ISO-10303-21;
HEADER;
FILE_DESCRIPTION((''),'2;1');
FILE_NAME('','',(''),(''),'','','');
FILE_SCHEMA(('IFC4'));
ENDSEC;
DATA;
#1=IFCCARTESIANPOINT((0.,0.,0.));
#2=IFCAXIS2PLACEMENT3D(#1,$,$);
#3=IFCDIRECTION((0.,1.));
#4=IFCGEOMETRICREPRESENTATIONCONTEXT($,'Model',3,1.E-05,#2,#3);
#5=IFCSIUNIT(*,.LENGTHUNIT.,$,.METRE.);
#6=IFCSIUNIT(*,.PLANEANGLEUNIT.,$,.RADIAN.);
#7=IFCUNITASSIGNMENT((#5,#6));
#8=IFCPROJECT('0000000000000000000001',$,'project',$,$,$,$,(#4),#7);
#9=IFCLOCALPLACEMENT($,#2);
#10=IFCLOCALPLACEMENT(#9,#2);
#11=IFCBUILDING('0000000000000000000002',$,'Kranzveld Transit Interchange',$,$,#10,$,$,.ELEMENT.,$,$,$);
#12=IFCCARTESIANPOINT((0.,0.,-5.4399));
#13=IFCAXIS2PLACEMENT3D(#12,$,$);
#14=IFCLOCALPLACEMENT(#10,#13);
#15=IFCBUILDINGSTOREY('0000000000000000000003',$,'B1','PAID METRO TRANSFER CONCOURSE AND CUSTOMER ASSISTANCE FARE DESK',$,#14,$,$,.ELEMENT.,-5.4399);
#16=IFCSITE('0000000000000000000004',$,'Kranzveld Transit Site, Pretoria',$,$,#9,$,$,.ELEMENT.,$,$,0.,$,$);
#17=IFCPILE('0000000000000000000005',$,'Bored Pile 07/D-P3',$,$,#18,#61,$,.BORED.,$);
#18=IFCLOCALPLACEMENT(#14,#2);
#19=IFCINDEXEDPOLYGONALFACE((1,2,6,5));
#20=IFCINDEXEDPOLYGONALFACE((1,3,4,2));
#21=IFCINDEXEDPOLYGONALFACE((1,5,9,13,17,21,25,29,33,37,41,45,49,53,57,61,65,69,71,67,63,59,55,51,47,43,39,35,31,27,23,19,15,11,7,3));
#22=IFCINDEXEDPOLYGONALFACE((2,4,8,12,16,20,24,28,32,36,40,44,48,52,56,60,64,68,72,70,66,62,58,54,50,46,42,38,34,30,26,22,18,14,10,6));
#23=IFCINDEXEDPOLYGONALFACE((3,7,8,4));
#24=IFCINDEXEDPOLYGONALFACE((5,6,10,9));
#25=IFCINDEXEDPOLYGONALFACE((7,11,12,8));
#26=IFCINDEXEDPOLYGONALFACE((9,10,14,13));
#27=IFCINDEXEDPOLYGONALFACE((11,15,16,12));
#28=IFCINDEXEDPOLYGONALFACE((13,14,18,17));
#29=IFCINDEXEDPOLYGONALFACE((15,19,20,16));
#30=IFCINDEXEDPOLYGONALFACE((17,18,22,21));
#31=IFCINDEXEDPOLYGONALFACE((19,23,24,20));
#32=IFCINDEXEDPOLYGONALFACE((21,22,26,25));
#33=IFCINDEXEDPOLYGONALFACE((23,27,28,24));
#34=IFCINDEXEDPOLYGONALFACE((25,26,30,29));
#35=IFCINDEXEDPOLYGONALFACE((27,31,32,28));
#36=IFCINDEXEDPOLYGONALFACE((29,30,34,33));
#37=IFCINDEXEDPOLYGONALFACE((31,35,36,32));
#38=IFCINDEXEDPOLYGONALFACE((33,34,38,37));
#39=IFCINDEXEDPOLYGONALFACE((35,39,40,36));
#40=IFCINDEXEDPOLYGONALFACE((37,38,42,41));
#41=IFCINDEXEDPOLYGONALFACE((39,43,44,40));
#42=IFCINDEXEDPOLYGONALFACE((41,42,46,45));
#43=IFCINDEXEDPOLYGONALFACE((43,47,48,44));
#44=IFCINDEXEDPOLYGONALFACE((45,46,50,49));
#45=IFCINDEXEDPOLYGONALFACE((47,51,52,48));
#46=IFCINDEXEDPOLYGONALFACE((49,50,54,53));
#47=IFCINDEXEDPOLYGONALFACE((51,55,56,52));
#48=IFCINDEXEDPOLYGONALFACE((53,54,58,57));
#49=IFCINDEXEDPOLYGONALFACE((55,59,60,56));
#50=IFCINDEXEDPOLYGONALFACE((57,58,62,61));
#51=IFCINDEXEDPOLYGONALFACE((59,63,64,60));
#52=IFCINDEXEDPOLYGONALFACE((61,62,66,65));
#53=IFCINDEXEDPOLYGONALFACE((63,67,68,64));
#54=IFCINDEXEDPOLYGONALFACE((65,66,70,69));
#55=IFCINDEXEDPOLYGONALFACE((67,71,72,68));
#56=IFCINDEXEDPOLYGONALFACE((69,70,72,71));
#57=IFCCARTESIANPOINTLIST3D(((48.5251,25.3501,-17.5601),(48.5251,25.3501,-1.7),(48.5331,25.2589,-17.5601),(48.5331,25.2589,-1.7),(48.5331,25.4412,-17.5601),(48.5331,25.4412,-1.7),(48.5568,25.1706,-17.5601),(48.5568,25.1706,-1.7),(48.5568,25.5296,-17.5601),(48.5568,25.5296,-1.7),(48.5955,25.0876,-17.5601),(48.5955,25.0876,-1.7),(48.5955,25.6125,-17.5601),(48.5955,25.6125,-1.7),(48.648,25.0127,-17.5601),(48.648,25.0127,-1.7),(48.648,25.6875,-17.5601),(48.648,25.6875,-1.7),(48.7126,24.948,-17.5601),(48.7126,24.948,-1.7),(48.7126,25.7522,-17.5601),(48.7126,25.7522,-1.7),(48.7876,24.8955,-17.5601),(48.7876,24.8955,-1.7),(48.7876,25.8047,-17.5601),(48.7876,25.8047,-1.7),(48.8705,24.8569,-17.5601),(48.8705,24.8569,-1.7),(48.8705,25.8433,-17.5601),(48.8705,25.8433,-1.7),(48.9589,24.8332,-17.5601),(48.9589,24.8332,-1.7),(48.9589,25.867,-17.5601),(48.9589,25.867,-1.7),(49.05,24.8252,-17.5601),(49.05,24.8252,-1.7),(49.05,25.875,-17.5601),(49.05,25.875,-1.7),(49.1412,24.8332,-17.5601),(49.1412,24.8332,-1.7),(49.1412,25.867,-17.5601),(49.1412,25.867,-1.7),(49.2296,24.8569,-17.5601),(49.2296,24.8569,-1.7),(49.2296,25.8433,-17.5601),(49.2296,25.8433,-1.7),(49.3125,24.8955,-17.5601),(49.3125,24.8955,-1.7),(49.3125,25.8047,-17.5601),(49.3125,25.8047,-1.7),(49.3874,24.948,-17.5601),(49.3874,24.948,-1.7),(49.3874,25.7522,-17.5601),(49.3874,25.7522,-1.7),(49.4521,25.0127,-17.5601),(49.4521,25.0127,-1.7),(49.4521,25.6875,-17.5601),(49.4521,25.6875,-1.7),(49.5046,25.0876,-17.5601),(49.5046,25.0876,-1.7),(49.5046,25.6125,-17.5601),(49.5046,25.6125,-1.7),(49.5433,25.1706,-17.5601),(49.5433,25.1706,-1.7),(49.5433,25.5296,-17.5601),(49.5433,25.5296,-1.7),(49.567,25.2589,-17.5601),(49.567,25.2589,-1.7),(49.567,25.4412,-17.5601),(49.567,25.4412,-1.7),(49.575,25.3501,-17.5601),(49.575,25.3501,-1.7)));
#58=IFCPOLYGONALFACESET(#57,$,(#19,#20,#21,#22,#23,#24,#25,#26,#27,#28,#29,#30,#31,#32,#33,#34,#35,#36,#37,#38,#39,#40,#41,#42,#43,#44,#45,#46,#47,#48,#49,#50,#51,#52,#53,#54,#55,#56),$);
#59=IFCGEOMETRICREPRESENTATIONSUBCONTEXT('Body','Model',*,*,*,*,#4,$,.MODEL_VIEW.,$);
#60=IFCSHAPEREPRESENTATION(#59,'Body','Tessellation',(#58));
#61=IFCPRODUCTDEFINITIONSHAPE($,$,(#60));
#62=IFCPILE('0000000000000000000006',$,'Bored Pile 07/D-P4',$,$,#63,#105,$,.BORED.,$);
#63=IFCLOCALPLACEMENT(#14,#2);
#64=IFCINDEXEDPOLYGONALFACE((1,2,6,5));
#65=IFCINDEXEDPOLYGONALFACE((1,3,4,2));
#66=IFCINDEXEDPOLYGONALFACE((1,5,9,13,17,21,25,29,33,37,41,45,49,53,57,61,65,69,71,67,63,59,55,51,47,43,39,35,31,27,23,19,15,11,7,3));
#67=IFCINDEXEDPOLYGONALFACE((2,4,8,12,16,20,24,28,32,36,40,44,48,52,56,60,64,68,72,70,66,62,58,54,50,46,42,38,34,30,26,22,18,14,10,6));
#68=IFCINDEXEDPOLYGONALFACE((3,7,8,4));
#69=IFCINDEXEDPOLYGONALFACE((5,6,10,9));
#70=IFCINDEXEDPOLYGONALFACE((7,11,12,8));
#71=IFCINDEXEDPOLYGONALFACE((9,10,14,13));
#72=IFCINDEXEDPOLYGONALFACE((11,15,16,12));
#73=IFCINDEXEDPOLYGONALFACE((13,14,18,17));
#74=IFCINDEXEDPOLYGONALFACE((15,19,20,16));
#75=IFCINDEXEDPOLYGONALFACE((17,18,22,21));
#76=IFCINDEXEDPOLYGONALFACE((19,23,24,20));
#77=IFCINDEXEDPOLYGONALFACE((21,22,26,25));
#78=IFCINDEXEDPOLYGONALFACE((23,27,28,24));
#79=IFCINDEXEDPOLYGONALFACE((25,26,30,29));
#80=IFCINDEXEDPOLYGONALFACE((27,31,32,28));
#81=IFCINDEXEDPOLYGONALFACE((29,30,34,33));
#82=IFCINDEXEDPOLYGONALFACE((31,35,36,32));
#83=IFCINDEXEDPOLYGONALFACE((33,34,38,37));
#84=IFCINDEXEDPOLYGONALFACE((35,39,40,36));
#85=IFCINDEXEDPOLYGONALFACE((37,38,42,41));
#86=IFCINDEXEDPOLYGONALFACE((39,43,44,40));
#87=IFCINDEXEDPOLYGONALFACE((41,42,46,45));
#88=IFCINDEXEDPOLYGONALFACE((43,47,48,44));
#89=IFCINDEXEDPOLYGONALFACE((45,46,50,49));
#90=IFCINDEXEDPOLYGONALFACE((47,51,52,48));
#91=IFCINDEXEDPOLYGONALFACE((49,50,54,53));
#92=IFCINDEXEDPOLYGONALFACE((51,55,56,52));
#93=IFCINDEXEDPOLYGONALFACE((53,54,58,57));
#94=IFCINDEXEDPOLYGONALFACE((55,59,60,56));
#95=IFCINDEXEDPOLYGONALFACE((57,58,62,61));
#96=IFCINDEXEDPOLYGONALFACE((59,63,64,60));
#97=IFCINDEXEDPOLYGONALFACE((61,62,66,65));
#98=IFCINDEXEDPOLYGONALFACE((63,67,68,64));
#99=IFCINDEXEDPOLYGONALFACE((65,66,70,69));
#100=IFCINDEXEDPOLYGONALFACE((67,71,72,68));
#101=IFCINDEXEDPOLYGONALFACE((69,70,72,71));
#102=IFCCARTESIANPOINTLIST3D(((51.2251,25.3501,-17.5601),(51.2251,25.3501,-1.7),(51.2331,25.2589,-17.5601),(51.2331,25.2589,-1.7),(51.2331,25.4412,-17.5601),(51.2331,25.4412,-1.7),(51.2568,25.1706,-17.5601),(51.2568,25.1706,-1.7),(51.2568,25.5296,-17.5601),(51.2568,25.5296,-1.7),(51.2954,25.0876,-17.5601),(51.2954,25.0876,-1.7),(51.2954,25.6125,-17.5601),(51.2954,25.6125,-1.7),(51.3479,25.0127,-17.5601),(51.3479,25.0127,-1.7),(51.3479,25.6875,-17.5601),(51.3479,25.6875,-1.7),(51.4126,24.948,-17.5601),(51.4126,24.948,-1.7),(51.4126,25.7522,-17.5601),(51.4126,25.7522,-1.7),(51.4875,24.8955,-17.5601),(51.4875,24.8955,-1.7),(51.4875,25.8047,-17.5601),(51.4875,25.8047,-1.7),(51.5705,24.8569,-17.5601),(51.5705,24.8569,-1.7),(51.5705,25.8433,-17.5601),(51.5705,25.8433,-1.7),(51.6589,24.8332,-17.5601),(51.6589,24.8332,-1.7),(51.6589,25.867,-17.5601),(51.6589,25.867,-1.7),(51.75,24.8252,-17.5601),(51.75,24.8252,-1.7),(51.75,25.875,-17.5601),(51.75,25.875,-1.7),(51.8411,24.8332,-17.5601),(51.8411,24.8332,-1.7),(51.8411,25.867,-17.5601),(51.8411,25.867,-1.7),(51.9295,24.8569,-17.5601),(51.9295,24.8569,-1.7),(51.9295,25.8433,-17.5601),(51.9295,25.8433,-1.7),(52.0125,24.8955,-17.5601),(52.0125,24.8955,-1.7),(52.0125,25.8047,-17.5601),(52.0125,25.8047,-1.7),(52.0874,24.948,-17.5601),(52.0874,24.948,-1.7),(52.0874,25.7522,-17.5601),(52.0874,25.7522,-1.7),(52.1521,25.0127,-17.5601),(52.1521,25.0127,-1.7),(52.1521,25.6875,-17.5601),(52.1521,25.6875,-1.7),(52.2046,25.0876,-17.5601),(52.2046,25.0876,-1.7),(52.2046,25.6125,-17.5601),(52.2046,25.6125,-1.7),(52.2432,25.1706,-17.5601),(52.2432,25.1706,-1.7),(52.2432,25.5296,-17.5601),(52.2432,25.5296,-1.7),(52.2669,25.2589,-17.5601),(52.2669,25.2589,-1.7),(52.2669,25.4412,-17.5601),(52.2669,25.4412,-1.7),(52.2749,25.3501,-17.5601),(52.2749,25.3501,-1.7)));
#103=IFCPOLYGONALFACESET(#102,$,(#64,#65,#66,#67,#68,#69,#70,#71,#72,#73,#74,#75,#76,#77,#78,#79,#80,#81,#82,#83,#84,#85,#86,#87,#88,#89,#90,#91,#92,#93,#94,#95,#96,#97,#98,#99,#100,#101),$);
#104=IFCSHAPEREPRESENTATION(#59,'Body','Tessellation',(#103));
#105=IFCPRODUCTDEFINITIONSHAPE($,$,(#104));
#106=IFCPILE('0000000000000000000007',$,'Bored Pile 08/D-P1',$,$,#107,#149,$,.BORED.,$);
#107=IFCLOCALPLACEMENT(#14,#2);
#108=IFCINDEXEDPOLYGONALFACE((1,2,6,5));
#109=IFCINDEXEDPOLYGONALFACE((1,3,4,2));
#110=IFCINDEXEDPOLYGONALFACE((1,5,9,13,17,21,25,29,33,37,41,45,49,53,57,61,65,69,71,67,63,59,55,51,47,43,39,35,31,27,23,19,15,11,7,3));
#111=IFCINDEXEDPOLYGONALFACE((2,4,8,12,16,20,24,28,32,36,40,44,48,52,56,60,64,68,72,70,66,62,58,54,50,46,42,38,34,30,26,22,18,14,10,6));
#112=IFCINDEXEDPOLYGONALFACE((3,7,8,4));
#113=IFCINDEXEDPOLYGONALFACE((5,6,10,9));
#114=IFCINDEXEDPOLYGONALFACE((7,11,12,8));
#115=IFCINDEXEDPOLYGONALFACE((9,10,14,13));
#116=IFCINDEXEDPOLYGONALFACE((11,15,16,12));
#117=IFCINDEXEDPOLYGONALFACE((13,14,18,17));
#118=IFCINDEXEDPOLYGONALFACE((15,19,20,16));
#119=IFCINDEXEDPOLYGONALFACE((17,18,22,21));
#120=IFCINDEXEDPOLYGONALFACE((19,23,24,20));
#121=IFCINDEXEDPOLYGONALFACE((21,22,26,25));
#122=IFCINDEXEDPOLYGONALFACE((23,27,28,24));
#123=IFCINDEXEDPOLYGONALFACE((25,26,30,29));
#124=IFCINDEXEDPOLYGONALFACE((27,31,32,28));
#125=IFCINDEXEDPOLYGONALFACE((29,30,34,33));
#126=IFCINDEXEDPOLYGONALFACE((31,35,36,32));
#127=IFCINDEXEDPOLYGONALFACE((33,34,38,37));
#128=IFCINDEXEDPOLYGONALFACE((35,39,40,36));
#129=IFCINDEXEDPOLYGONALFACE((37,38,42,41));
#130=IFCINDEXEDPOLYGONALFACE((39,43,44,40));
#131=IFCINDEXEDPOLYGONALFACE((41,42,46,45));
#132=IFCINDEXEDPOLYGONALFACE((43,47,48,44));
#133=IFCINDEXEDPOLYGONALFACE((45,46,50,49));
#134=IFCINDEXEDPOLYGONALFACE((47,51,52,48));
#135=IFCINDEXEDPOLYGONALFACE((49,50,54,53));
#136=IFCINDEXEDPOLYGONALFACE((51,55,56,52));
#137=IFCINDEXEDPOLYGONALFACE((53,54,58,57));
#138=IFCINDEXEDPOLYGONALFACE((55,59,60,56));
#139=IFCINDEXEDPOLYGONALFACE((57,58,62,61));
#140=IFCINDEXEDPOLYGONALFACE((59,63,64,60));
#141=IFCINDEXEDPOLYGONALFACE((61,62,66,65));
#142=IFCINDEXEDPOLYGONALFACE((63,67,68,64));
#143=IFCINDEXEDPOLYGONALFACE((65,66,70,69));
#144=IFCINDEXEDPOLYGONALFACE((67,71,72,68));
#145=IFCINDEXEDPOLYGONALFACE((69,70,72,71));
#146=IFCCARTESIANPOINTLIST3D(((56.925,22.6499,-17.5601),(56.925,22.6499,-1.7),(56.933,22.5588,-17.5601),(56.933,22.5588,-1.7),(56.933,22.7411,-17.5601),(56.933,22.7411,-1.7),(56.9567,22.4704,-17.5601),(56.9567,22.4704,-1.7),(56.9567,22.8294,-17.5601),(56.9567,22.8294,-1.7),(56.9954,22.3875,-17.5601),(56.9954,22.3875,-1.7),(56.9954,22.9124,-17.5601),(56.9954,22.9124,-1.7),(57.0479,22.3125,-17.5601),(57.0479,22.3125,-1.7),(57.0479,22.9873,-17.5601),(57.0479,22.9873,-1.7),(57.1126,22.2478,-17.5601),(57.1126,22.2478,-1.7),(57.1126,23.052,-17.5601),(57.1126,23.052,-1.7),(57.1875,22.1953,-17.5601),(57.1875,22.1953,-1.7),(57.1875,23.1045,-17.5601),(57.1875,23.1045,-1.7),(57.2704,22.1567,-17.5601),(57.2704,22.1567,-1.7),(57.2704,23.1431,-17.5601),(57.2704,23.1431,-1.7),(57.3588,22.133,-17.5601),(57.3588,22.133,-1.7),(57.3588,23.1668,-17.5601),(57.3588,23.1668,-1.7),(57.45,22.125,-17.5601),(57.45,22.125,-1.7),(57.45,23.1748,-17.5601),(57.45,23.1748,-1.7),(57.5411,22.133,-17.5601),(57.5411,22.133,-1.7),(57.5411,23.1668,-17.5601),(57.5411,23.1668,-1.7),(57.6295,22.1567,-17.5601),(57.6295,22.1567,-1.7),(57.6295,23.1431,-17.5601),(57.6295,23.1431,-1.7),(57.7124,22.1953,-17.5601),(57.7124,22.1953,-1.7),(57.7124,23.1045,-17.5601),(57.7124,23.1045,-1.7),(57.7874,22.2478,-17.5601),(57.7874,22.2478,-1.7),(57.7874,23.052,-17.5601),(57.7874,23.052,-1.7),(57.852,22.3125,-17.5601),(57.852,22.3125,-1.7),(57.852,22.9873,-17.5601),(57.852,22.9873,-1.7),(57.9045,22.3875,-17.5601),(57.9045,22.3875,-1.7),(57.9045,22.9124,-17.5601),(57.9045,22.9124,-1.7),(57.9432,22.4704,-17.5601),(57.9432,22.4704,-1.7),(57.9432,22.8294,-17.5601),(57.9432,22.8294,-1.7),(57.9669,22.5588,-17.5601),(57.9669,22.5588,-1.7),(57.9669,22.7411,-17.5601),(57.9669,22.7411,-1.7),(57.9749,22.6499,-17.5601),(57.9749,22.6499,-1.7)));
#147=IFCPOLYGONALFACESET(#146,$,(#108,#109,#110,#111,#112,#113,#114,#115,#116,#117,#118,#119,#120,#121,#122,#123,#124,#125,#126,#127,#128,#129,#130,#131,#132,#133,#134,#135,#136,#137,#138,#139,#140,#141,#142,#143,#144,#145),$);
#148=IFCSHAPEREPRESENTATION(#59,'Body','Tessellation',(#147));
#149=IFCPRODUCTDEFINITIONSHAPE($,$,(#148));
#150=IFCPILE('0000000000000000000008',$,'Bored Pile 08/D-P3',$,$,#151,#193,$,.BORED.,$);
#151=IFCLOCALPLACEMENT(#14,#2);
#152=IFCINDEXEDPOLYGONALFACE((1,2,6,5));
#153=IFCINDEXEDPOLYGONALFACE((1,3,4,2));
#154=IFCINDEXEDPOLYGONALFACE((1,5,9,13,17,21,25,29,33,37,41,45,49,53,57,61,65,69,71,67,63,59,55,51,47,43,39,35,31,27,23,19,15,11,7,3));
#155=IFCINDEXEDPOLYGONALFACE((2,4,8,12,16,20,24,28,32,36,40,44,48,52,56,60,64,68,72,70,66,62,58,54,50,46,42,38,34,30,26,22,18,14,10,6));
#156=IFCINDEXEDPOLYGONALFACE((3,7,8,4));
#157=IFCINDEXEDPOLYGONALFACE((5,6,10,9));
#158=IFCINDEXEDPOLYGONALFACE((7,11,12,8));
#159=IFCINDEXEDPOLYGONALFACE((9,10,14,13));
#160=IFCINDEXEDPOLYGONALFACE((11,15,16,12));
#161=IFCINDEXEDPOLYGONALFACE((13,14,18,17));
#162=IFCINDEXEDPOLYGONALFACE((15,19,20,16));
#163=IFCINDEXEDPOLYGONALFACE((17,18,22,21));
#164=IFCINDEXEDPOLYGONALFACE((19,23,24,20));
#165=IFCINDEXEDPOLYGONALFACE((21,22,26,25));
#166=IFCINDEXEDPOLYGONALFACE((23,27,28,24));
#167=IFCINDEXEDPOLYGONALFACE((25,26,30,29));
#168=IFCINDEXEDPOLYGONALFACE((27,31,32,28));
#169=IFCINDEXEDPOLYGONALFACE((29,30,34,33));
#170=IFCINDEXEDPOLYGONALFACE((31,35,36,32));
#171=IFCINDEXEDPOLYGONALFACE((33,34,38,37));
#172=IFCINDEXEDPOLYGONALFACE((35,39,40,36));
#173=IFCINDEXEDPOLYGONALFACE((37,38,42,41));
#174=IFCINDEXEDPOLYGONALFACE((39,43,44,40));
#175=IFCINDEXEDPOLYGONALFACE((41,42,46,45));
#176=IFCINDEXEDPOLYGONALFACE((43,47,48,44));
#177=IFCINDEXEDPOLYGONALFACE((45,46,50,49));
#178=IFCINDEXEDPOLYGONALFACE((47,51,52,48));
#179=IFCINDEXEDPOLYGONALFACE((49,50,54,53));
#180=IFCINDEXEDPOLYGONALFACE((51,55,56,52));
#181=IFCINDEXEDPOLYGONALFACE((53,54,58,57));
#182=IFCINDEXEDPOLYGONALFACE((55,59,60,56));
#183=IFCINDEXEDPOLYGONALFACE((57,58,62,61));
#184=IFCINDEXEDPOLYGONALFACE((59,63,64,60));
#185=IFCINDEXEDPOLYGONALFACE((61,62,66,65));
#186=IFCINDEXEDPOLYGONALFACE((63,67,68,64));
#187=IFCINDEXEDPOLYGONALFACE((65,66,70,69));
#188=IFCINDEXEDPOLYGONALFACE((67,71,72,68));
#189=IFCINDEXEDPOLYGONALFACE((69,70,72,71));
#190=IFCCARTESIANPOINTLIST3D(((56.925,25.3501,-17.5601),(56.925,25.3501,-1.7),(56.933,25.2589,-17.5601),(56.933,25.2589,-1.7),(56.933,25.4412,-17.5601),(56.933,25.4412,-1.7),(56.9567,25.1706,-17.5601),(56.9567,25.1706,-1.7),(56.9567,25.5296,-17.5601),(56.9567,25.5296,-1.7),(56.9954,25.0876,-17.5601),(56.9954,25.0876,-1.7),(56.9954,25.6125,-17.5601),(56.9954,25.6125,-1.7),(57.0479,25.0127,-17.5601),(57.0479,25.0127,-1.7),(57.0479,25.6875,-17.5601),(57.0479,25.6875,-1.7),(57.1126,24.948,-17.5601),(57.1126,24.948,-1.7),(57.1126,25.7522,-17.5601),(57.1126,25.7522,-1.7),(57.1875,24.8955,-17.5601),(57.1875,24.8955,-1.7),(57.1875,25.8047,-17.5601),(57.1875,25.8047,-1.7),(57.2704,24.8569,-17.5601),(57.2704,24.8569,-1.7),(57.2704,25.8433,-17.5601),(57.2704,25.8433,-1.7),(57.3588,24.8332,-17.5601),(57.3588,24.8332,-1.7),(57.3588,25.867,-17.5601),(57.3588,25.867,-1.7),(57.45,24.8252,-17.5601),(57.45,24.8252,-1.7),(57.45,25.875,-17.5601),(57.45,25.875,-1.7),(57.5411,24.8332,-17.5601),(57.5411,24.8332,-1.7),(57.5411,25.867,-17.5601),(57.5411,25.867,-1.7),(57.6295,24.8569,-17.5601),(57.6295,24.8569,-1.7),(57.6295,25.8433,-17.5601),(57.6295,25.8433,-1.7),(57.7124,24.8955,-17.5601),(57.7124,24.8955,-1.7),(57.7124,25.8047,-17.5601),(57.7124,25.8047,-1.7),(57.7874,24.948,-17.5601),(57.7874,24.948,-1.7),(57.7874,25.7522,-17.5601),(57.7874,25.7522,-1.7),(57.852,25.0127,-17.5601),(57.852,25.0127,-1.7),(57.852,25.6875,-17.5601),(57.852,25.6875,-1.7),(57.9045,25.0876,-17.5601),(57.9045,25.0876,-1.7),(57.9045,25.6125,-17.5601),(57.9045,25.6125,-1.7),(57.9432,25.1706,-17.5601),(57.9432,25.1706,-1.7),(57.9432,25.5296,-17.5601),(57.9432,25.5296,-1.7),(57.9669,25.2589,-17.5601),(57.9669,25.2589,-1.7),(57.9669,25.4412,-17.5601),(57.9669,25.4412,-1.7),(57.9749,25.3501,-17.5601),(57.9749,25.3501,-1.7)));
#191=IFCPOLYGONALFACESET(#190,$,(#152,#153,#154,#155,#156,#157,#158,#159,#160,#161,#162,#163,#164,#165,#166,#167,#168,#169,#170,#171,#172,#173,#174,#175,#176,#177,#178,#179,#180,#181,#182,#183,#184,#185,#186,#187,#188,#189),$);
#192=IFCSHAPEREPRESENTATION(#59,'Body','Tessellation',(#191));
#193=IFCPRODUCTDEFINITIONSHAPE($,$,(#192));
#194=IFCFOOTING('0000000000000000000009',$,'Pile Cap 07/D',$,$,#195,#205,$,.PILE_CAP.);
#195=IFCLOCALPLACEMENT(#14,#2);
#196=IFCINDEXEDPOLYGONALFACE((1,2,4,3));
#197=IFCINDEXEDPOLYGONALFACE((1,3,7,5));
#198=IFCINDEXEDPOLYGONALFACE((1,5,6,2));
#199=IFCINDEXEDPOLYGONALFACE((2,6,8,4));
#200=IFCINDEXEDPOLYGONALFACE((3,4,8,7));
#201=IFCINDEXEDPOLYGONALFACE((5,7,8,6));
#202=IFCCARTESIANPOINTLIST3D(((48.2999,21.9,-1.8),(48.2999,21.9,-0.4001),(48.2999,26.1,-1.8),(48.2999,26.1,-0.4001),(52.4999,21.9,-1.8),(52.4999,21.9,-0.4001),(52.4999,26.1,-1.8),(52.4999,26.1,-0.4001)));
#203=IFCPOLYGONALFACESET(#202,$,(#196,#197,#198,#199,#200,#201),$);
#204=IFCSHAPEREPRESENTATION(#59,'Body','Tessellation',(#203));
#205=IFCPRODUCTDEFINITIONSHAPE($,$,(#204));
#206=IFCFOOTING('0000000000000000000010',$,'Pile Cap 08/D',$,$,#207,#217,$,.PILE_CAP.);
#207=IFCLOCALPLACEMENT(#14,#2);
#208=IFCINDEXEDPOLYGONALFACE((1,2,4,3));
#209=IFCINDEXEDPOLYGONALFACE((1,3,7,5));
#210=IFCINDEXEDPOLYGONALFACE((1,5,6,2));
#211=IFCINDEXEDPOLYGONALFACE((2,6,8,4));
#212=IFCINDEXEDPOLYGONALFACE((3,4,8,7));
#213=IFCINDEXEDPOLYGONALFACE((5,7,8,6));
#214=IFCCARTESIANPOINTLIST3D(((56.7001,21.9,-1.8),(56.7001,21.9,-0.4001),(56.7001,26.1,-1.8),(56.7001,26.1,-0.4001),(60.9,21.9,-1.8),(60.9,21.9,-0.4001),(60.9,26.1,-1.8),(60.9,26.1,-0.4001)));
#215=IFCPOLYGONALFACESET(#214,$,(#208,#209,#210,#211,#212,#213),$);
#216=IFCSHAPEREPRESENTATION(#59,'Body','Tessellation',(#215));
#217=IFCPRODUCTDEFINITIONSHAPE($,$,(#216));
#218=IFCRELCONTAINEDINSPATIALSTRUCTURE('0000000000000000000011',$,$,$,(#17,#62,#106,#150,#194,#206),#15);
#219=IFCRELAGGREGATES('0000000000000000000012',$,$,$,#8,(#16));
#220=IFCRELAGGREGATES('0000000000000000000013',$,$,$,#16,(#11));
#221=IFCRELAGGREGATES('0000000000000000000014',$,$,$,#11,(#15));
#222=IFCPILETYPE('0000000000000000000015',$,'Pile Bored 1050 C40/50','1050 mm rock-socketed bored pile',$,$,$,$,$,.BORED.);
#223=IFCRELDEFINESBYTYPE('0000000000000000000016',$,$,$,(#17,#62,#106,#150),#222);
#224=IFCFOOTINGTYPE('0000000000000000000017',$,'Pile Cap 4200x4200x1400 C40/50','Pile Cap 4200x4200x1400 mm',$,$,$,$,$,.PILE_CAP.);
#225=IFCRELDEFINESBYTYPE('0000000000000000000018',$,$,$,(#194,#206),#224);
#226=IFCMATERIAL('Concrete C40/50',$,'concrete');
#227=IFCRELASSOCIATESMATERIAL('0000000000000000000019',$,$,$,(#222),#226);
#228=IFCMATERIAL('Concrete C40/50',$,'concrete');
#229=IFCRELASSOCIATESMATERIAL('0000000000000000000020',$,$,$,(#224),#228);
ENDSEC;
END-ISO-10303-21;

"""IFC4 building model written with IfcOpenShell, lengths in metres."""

from ifc_helpers import new_model, si_unit, direction, frame, origin, origin_2d, place, context, subcontext, project, spatial, rectangle, circle, extrude, material, material_profile, profile_set, type_object, element, save


model = new_model("IFC4")

# Units and contexts
model_context = context("Model", 3, precision=1e-05, world=origin(), true_north=direction((0.0, 1.0)))
body_context = subcontext(model_context, "Body", "Model", "MODEL_VIEW")
ifc_project = project(units=[si_unit("LENGTHUNIT", "METRE"), si_unit("PLANEANGLEUNIT", "RADIAN")], contexts=[model_context])

# Site, building, storey
site_placement = place(None, origin())
site = spatial("IfcSite", under=ifc_project, at=site_placement, Name="Kranzveld Transit Site, Pretoria", CompositionType="ELEMENT", RefElevation=0.0)
building_placement = place(site_placement, origin())
building = spatial("IfcBuilding", under=site, at=building_placement, Name="Kranzveld Transit Interchange", CompositionType="ELEMENT")
storey_placement = place(building_placement, frame((0.0, 0.0, -5.4399)))
storey = spatial("IfcBuildingStorey", under=building, at=storey_placement, Name="B1", Description="PAID METRO TRANSFER CONCOURSE AND CUSTOMER ASSISTANCE FARE DESK", CompositionType="ELEMENT", Elevation=-5.4399)

# Piles
ifc_material_1 = material(Name="Concrete C40/50", Category="concrete")
ifc_material_profile_1 = material_profile(ifc_material_1, circle(Radius=0.5249, at=origin_2d()), Name="BORED PILE 1050")
ifc_profile_set_1 = profile_set([ifc_material_profile_1], Name="Concrete C40/50")
pile_type = type_object("IfcPileType", Name="Pile Bored 1050 C40/50", Description="1050 mm rock-socketed bored pile", PredefinedType="BORED", material=ifc_profile_set_1)
for number, where, z_axis, x_axis, name in (
    (1, (49.05, 25.3501, -1.7), (0.0, 0.0, -1.0), (1.0, 0.0, 0.0), "Bored Pile 07/D-P3"),
    (2, (51.75, 25.3501, -1.7), (0.0, 0.0, -1.0), (1.0, 0.0, 0.0), "Bored Pile 07/D-P4"),
    (3, (57.45, 22.6499, -1.7), (0.0, 0.0, -1.0), (1.0, 0.0, 0.0), "Bored Pile 08/D-P1"),
    (4, (57.45, 25.3501, -1.7), (0.0, 0.0, -1.0), (1.0, 0.0, 0.0), "Bored Pile 08/D-P3"),
):
    element("IfcPile", number, at=place(storey_placement, frame(where, z_axis=z_axis, x_axis=x_axis)), inside=storey, type_object=pile_type, Name=name, PredefinedType="BORED", context=body_context, shape_type="SweptSolid", body=[
        extrude(circle(Radius=0.5249, at=origin_2d()), origin(), (0.0, 0.0, 1.0), 15.8601),
    ])

# Footings
ifc_material_2 = material(Name="Concrete C40/50", Category="concrete")
footing_type = type_object("IfcFootingType", Name="Pile Cap 4200x4200x1400 C40/50", Description="Pile Cap 4200x4200x1400 mm", PredefinedType="PILE_CAP", material=ifc_material_2)
for number, where, z_axis, x_axis, name in (
    (5, (50.3999, 24.0, -1.8), (0.0, 0.0, 1.0), (1.0, 0.0, 0.0), "Pile Cap 07/D"),
    (6, (58.8, 24.0, -1.8), (0.0, 0.0, 1.0), (1.0, 0.0, 0.0), "Pile Cap 08/D"),
):
    element("IfcFooting", number, at=place(storey_placement, frame(where, z_axis=z_axis, x_axis=x_axis)), inside=storey, type_object=footing_type, Name=name, PredefinedType="PILE_CAP", context=body_context, shape_type="SweptSolid", body=[
        extrude(rectangle(XDim=4.2, YDim=4.2, at=origin_2d()), origin(), (0.0, 0.0, 1.0), 1.3999),
    ])

save(model, "model.ifc")
